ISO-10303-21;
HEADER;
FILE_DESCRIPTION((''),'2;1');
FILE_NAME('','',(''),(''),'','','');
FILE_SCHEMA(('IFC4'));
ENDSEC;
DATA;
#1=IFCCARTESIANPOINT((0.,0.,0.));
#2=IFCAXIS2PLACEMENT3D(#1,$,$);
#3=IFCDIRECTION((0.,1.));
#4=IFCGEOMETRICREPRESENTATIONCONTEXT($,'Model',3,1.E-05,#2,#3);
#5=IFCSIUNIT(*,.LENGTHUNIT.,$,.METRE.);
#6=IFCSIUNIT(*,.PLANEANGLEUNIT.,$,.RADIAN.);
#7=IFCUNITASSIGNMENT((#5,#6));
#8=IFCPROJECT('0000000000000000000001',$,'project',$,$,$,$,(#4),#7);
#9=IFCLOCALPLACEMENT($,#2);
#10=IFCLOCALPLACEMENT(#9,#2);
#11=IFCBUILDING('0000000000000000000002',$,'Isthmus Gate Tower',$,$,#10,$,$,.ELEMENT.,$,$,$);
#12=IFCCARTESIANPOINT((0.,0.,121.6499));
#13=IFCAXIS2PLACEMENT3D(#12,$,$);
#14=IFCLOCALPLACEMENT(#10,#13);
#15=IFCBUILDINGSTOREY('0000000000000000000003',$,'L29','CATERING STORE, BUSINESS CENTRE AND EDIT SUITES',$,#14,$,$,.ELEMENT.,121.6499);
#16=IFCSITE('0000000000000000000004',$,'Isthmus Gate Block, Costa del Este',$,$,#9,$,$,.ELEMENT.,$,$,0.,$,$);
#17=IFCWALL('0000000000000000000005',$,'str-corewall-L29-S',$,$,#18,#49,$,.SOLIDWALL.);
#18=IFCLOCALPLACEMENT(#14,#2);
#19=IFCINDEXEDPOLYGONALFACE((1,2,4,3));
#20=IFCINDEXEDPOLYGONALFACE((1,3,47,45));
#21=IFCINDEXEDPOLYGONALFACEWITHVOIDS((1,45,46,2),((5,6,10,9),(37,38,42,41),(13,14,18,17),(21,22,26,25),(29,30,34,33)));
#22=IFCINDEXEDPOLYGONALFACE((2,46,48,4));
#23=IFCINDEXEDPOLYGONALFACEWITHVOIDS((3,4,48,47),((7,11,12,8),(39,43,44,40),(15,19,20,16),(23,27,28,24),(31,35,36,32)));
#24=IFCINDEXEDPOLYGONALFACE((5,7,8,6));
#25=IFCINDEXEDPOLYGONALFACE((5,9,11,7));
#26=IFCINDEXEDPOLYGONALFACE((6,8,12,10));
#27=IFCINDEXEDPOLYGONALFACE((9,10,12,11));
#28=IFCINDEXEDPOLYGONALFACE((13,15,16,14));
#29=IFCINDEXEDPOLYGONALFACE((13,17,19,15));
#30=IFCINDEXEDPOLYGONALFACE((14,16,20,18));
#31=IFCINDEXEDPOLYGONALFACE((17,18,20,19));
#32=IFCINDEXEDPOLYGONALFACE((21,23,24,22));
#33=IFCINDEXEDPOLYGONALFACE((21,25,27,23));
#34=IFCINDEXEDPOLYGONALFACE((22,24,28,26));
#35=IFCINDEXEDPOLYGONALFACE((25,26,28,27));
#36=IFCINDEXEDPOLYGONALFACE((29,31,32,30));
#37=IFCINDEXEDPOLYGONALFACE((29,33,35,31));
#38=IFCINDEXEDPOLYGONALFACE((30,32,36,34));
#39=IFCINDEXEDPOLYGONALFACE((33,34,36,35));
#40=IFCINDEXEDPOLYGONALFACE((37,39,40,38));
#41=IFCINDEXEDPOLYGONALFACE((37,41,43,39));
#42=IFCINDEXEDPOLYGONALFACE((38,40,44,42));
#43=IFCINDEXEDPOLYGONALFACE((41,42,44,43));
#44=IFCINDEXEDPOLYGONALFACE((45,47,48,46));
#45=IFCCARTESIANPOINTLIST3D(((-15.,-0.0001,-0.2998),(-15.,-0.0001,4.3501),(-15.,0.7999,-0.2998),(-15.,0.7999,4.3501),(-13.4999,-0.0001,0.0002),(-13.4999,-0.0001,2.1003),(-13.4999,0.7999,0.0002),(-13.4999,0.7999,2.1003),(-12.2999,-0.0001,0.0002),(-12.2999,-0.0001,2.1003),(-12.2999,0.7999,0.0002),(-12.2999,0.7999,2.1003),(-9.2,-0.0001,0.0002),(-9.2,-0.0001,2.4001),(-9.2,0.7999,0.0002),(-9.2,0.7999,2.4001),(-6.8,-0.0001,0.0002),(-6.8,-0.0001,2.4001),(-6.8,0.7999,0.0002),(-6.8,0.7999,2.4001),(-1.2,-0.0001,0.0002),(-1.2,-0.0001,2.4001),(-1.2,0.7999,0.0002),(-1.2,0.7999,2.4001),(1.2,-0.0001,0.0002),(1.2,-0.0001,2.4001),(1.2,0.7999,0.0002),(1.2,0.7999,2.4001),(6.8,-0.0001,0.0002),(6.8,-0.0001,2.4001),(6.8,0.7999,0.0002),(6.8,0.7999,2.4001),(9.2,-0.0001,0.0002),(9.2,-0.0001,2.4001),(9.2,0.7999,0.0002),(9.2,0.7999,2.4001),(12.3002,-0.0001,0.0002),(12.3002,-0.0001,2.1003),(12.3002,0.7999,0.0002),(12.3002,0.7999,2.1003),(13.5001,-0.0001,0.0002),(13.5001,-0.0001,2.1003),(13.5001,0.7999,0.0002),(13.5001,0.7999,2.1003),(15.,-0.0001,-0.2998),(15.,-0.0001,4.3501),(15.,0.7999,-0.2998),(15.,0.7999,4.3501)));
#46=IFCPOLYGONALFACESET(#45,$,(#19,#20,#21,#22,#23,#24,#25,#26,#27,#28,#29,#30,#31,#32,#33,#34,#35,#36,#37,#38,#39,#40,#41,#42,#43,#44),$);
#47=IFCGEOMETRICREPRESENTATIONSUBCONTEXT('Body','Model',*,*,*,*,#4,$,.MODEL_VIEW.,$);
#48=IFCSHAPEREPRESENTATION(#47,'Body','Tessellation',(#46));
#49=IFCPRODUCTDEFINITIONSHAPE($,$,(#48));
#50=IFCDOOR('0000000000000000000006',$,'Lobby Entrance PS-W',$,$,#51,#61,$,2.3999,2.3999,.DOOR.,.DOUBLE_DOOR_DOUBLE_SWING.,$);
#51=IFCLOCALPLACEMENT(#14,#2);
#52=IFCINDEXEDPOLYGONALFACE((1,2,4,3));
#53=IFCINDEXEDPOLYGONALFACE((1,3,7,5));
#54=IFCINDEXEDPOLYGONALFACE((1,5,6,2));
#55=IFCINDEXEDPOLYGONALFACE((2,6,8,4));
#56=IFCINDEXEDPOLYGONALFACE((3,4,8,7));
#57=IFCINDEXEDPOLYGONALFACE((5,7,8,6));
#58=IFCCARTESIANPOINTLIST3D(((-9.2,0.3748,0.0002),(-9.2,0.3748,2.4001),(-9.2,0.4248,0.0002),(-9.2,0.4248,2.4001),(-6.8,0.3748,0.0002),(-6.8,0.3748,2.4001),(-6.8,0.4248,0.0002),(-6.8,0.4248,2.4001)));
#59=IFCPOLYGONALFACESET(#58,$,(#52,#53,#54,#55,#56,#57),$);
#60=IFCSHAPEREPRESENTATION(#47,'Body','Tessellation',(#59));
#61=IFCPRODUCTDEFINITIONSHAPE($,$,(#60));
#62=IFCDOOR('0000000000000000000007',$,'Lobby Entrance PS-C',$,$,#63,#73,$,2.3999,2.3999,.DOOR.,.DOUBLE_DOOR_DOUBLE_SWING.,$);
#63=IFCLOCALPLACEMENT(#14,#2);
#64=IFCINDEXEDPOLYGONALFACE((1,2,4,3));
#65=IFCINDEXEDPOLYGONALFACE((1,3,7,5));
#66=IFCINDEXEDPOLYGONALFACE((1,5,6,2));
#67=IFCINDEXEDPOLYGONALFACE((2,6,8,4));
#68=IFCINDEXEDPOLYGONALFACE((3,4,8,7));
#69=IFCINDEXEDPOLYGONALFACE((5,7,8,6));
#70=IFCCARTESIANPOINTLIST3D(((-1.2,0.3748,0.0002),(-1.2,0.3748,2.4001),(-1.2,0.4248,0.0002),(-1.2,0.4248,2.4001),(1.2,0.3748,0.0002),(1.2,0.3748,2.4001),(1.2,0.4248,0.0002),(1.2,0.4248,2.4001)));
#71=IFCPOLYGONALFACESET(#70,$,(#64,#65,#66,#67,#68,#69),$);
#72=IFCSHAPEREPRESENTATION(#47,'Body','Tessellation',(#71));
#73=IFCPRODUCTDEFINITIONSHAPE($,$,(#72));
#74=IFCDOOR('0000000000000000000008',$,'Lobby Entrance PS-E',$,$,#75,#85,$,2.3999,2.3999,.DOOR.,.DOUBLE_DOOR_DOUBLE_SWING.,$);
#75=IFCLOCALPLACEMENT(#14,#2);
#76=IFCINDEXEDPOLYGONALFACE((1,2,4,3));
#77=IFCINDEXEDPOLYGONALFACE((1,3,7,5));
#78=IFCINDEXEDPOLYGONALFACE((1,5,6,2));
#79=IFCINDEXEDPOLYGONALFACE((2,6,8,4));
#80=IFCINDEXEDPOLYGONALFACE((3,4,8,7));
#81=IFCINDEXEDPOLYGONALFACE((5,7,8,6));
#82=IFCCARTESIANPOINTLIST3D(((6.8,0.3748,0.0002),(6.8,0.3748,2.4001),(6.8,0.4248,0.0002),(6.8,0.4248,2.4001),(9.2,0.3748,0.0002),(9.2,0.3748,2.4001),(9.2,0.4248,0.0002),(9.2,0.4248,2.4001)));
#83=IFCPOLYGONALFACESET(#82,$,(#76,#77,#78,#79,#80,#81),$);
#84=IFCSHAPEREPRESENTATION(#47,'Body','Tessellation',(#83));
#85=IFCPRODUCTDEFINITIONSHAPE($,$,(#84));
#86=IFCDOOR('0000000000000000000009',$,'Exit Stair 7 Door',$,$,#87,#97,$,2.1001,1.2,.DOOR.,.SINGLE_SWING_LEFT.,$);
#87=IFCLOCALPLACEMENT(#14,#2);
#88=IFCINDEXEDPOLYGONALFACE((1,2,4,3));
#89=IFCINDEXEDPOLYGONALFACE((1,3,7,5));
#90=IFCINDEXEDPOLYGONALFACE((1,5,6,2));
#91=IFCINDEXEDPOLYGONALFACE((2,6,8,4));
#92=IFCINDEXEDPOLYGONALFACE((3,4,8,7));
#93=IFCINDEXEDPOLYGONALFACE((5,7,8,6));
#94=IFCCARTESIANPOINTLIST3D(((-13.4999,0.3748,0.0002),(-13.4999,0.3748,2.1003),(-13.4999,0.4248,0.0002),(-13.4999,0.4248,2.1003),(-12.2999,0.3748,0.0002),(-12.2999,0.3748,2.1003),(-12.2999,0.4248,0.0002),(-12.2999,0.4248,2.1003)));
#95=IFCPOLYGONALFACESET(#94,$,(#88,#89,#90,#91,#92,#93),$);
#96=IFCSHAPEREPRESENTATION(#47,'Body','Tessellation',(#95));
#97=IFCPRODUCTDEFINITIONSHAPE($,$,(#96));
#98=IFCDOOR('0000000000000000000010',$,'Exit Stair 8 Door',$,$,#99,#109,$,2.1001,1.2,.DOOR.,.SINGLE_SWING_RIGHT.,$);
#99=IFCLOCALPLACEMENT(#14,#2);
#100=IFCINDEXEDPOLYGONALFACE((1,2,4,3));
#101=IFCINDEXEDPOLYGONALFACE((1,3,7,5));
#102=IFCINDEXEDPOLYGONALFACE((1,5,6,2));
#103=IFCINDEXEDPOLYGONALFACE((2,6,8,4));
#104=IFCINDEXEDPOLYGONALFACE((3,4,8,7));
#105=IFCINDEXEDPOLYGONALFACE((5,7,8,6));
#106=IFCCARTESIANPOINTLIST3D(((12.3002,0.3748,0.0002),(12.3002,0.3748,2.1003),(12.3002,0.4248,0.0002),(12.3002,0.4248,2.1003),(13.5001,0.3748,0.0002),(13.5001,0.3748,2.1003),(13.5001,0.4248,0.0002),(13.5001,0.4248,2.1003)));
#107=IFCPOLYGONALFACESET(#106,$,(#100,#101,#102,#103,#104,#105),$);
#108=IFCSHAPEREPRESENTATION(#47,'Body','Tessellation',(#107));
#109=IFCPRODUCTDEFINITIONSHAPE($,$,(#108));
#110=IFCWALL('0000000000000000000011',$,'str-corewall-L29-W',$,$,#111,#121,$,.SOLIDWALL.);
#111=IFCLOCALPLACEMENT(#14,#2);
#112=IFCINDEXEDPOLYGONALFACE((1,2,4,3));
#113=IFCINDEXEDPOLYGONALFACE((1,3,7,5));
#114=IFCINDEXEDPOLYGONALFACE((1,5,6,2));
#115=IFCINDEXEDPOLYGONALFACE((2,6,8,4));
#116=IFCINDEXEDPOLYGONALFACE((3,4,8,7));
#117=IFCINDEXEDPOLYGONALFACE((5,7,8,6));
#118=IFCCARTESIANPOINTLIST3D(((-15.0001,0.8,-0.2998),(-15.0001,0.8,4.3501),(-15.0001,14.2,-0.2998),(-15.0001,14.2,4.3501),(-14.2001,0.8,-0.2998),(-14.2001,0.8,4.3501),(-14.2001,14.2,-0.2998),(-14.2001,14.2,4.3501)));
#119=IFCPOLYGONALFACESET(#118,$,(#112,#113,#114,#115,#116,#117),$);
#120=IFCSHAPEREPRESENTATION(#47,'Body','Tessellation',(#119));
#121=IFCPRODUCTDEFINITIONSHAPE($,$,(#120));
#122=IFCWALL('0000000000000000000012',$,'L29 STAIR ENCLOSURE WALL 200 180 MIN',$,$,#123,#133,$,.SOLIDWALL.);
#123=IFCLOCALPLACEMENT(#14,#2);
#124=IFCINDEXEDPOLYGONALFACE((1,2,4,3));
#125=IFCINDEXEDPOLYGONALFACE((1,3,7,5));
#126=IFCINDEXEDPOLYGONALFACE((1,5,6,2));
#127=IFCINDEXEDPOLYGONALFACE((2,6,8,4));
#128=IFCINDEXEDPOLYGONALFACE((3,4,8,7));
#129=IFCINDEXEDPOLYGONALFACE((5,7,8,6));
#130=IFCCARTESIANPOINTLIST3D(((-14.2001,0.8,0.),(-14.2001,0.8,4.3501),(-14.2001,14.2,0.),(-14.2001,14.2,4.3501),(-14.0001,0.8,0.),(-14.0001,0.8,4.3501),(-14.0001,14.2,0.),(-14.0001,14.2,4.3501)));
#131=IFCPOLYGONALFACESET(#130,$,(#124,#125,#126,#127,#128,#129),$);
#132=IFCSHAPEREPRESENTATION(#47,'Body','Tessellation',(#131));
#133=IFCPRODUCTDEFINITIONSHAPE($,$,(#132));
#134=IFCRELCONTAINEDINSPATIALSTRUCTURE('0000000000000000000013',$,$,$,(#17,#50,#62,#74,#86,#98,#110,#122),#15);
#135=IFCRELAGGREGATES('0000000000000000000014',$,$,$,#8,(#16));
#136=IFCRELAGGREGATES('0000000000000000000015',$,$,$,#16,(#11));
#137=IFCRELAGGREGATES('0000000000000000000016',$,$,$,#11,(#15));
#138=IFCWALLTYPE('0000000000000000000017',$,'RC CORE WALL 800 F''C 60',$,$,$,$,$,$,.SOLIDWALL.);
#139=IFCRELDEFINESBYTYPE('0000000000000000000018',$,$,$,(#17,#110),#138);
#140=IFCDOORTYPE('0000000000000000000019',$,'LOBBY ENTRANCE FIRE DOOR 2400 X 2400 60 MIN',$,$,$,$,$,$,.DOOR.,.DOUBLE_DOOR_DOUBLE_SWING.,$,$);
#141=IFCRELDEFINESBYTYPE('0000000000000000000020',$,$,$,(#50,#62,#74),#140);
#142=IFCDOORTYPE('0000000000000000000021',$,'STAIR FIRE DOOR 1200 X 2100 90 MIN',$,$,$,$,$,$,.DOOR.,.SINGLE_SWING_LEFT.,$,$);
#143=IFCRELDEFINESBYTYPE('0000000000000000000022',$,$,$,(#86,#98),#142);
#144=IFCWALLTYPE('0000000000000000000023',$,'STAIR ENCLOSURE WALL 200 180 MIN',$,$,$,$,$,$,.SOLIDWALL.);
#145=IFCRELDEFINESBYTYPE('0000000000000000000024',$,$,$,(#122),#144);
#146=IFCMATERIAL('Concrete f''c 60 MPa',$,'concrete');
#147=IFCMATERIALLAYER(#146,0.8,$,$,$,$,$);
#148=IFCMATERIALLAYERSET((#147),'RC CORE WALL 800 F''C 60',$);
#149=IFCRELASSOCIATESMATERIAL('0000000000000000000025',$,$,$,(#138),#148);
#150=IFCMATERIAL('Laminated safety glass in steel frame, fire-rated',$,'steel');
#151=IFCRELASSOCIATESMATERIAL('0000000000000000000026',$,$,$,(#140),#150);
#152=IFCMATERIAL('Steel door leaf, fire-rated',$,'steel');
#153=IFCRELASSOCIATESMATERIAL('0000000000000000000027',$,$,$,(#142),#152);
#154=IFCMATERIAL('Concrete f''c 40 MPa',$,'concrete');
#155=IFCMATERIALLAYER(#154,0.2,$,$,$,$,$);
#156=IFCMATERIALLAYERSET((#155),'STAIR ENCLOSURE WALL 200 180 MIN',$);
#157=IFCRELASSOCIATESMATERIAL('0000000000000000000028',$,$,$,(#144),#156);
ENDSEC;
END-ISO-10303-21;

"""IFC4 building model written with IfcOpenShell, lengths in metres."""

from ifc_helpers import new_model, si_unit, direction, frame, frame_2d, origin, place, context, subcontext, project, spatial, rectangle, extrude, material, layer, layer_set, type_object, element, fill, save


model = new_model("IFC4")

# Units and contexts
model_context = context("Model", 3, precision=1e-05, world=origin(), true_north=direction((0.0, 1.0)))
body_context = subcontext(model_context, "Body", "Model", "MODEL_VIEW")
ifc_project = project(units=[si_unit("LENGTHUNIT", "METRE"), si_unit("PLANEANGLEUNIT", "RADIAN")], contexts=[model_context])

# Site, building, storey
site_placement = place(None, origin())
site = spatial("IfcSite", under=ifc_project, at=site_placement, Name="Isthmus Gate Block, Costa del Este", CompositionType="ELEMENT", RefElevation=0.0)
building_placement = place(site_placement, origin())
building = spatial("IfcBuilding", under=site, at=building_placement, Name="Isthmus Gate Tower", CompositionType="ELEMENT")
storey_placement = place(building_placement, frame((0.0, 0.0, 121.6499)))
storey = spatial("IfcBuildingStorey", under=building, at=storey_placement, Name="L29", Description="CATERING STORE, BUSINESS CENTRE AND EDIT SUITES", CompositionType="ELEMENT", Elevation=121.6499)

# Wall, openings, doors
ifc_material_1 = material(Name="Concrete f'c 60 MPa", Category="concrete")
ifc_layer_1 = layer(ifc_material_1, 0.8)
ifc_layer_set_1 = layer_set([ifc_layer_1], Name="RC CORE WALL 800 F'C 60")
wall_type_1 = type_object("IfcWallType", Name="RC CORE WALL 800 F'C 60", PredefinedType="SOLIDWALL", material=ifc_layer_set_1)
wall_1_placement = place(storey_placement, frame((-15.0, 0.3999, -0.2998), z_axis=(0.0, 0.0, 1.0), x_axis=(1.0, 0.0, 0.0)))
wall_1 = element("IfcWall", 1, at=wall_1_placement, inside=storey, type_object=wall_type_1, Name="str-corewall-L29-S", PredefinedType="SOLIDWALL", context=body_context, shape_type="SweptSolid", body=[
    extrude(rectangle(XDim=30.0, YDim=0.8, at=frame_2d((15.0, 0.0))), origin(), (0.0, 0.0, 1.0), 4.6499),
])
opening_1_placement = place(wall_1_placement, frame((5.8, 0.0, 0.3)))
opening_1 = element("IfcOpeningElement", 2, at=opening_1_placement, cuts=wall_1, PredefinedType="OPENING", context=body_context, shape_type="SweptSolid", body=[
    extrude(rectangle(XDim=2.3999, YDim=2.3999, at=frame_2d((1.2, 1.2))), frame((0.0, 0.4099, 0.0), z_axis=(0.0, -1.0, 0.0), x_axis=(1.0, 0.0, 0.0)), (0.0, 0.0, 1.0), 0.8201),
])
opening_2_placement = place(wall_1_placement, frame((13.8, 0.0, 0.3)))
opening_2 = element("IfcOpeningElement", 3, at=opening_2_placement, cuts=wall_1, PredefinedType="OPENING", context=body_context, shape_type="SweptSolid", body=[
    extrude(rectangle(XDim=2.3999, YDim=2.3999, at=frame_2d((1.2, 1.2))), frame((0.0, 0.4099, 0.0), z_axis=(0.0, -1.0, 0.0), x_axis=(1.0, 0.0, 0.0)), (0.0, 0.0, 1.0), 0.8201),
])
opening_3_placement = place(wall_1_placement, frame((21.8, 0.0, 0.3)))
opening_3 = element("IfcOpeningElement", 4, at=opening_3_placement, cuts=wall_1, PredefinedType="OPENING", context=body_context, shape_type="SweptSolid", body=[
    extrude(rectangle(XDim=2.3999, YDim=2.3999, at=frame_2d((1.2, 1.2))), frame((0.0, 0.4099, 0.0), z_axis=(0.0, -1.0, 0.0), x_axis=(1.0, 0.0, 0.0)), (0.0, 0.0, 1.0), 0.8201),
])
opening_4_placement = place(wall_1_placement, frame((1.5, 0.0, 0.3)))
opening_4 = element("IfcOpeningElement", 5, at=opening_4_placement, cuts=wall_1, PredefinedType="OPENING", context=body_context, shape_type="SweptSolid", body=[
    extrude(rectangle(XDim=1.2, YDim=2.1001, at=frame_2d((0.6001, 1.05))), frame((0.0, 0.4099, 0.0), z_axis=(0.0, -1.0, 0.0), x_axis=(1.0, 0.0, 0.0)), (0.0, 0.0, 1.0), 0.8201),
])
opening_5_placement = place(wall_1_placement, frame((27.3, 0.0, 0.3)))
opening_5 = element("IfcOpeningElement", 6, at=opening_5_placement, cuts=wall_1, PredefinedType="OPENING", context=body_context, shape_type="SweptSolid", body=[
    extrude(rectangle(XDim=1.2, YDim=2.1001, at=frame_2d((0.6001, 1.05))), frame((0.0, 0.4099, 0.0), z_axis=(0.0, -1.0, 0.0), x_axis=(1.0, 0.0, 0.0)), (0.0, 0.0, 1.0), 0.8201),
])
ifc_material_2 = material(Name="Laminated safety glass in steel frame, fire-rated", Category="steel")
door_type_1 = type_object("IfcDoorType", Name="LOBBY ENTRANCE FIRE DOOR 2400 X 2400 60 MIN", OperationType="DOUBLE_DOOR_DOUBLE_SWING", PredefinedType="DOOR", material=ifc_material_2)
door_1_placement = place(opening_1_placement, origin())
door_1 = element("IfcDoor", 7, at=door_1_placement, inside=storey, type_object=door_type_1, Name="Lobby Entrance PS-W", OperationType="DOUBLE_DOOR_DOUBLE_SWING", OverallHeight=2.3999, OverallWidth=2.3999, PredefinedType="DOOR", context=body_context, shape_type="SweptSolid", body=[
    extrude(rectangle(XDim=2.3999, YDim=2.3999, at=frame_2d((1.2, 1.2))), frame((0.0, 0.0249, 0.0), z_axis=(0.0, -1.0, 0.0), x_axis=(1.0, 0.0, 0.0)), (0.0, 0.0, 1.0), 0.05),
])
fill(opening_1, door_1)
door_2_placement = place(opening_2_placement, origin())
door_2 = element("IfcDoor", 8, at=door_2_placement, inside=storey, type_object=door_type_1, Name="Lobby Entrance PS-C", OperationType="DOUBLE_DOOR_DOUBLE_SWING", OverallHeight=2.3999, OverallWidth=2.3999, PredefinedType="DOOR", context=body_context, shape_type="SweptSolid", body=[
    extrude(rectangle(XDim=2.3999, YDim=2.3999, at=frame_2d((1.2, 1.2))), frame((0.0, 0.0249, 0.0), z_axis=(0.0, -1.0, 0.0), x_axis=(1.0, 0.0, 0.0)), (0.0, 0.0, 1.0), 0.05),
])
fill(opening_2, door_2)
door_3_placement = place(opening_3_placement, origin())
door_3 = element("IfcDoor", 9, at=door_3_placement, inside=storey, type_object=door_type_1, Name="Lobby Entrance PS-E", OperationType="DOUBLE_DOOR_DOUBLE_SWING", OverallHeight=2.3999, OverallWidth=2.3999, PredefinedType="DOOR", context=body_context, shape_type="SweptSolid", body=[
    extrude(rectangle(XDim=2.3999, YDim=2.3999, at=frame_2d((1.2, 1.2))), frame((0.0, 0.0249, 0.0), z_axis=(0.0, -1.0, 0.0), x_axis=(1.0, 0.0, 0.0)), (0.0, 0.0, 1.0), 0.05),
])
fill(opening_3, door_3)
ifc_material_3 = material(Name="Steel door leaf, fire-rated", Category="steel")
door_type_2 = type_object("IfcDoorType", Name="STAIR FIRE DOOR 1200 X 2100 90 MIN", OperationType="SINGLE_SWING_LEFT", PredefinedType="DOOR", material=ifc_material_3)
door_4_placement = place(opening_4_placement, origin())
door_4 = element("IfcDoor", 10, at=door_4_placement, inside=storey, type_object=door_type_2, Name="Exit Stair 7 Door", OperationType="SINGLE_SWING_LEFT", OverallHeight=2.1001, OverallWidth=1.2, PredefinedType="DOOR", context=body_context, shape_type="SweptSolid", body=[
    extrude(rectangle(XDim=1.2, YDim=2.1001, at=frame_2d((0.6001, 1.05))), frame((0.0, 0.0249, 0.0), z_axis=(0.0, -1.0, 0.0), x_axis=(1.0, 0.0, 0.0)), (0.0, 0.0, 1.0), 0.05),
])
fill(opening_4, door_4)
door_5_placement = place(opening_5_placement, origin())
door_5 = element("IfcDoor", 11, at=door_5_placement, inside=storey, type_object=door_type_2, Name="Exit Stair 8 Door", OperationType="SINGLE_SWING_RIGHT", OverallHeight=2.1001, OverallWidth=1.2, PredefinedType="DOOR", context=body_context, shape_type="SweptSolid", body=[
    extrude(rectangle(XDim=1.2, YDim=2.1001, at=frame_2d((0.6001, 1.05))), frame((0.0, 0.0249, 0.0), z_axis=(0.0, -1.0, 0.0), x_axis=(1.0, 0.0, 0.0)), (0.0, 0.0, 1.0), 0.05),
])
fill(opening_5, door_5)

# Walls
wall_2_placement = place(storey_placement, frame((-14.6001, 0.8, -0.2998), z_axis=(0.0, 0.0, 1.0), x_axis=(0.0, 1.0, 0.0)))
element("IfcWall", 12, at=wall_2_placement, inside=storey, type_object=wall_type_1, Name="str-corewall-L29-W", PredefinedType="SOLIDWALL", context=body_context, shape_type="SweptSolid", body=[
    extrude(rectangle(XDim=13.3999, YDim=0.8, at=frame_2d((6.7, 0.0))), origin(), (0.0, 0.0, 1.0), 4.6499),
])
ifc_material_4 = material(Name="Concrete f'c 40 MPa", Category="concrete")
ifc_layer_2 = layer(ifc_material_4, 0.2)
ifc_layer_set_2 = layer_set([ifc_layer_2], Name="STAIR ENCLOSURE WALL 200 180 MIN")
wall_type_2 = type_object("IfcWallType", Name="STAIR ENCLOSURE WALL 200 180 MIN", PredefinedType="SOLIDWALL", material=ifc_layer_set_2)
wall_3_placement = place(storey_placement, frame((-14.1001, 0.8, 0.0), z_axis=(0.0, 0.0, 1.0), x_axis=(0.0, 1.0, 0.0)))
element("IfcWall", 13, at=wall_3_placement, inside=storey, type_object=wall_type_2, Name="L29 STAIR ENCLOSURE WALL 200 180 MIN", PredefinedType="SOLIDWALL", context=body_context, shape_type="SweptSolid", body=[
    extrude(rectangle(XDim=13.3999, YDim=0.2, at=frame_2d((6.7, 0.0))), origin(), (0.0, 0.0, 1.0), 4.3501),
])

save(model, "model.ifc")
